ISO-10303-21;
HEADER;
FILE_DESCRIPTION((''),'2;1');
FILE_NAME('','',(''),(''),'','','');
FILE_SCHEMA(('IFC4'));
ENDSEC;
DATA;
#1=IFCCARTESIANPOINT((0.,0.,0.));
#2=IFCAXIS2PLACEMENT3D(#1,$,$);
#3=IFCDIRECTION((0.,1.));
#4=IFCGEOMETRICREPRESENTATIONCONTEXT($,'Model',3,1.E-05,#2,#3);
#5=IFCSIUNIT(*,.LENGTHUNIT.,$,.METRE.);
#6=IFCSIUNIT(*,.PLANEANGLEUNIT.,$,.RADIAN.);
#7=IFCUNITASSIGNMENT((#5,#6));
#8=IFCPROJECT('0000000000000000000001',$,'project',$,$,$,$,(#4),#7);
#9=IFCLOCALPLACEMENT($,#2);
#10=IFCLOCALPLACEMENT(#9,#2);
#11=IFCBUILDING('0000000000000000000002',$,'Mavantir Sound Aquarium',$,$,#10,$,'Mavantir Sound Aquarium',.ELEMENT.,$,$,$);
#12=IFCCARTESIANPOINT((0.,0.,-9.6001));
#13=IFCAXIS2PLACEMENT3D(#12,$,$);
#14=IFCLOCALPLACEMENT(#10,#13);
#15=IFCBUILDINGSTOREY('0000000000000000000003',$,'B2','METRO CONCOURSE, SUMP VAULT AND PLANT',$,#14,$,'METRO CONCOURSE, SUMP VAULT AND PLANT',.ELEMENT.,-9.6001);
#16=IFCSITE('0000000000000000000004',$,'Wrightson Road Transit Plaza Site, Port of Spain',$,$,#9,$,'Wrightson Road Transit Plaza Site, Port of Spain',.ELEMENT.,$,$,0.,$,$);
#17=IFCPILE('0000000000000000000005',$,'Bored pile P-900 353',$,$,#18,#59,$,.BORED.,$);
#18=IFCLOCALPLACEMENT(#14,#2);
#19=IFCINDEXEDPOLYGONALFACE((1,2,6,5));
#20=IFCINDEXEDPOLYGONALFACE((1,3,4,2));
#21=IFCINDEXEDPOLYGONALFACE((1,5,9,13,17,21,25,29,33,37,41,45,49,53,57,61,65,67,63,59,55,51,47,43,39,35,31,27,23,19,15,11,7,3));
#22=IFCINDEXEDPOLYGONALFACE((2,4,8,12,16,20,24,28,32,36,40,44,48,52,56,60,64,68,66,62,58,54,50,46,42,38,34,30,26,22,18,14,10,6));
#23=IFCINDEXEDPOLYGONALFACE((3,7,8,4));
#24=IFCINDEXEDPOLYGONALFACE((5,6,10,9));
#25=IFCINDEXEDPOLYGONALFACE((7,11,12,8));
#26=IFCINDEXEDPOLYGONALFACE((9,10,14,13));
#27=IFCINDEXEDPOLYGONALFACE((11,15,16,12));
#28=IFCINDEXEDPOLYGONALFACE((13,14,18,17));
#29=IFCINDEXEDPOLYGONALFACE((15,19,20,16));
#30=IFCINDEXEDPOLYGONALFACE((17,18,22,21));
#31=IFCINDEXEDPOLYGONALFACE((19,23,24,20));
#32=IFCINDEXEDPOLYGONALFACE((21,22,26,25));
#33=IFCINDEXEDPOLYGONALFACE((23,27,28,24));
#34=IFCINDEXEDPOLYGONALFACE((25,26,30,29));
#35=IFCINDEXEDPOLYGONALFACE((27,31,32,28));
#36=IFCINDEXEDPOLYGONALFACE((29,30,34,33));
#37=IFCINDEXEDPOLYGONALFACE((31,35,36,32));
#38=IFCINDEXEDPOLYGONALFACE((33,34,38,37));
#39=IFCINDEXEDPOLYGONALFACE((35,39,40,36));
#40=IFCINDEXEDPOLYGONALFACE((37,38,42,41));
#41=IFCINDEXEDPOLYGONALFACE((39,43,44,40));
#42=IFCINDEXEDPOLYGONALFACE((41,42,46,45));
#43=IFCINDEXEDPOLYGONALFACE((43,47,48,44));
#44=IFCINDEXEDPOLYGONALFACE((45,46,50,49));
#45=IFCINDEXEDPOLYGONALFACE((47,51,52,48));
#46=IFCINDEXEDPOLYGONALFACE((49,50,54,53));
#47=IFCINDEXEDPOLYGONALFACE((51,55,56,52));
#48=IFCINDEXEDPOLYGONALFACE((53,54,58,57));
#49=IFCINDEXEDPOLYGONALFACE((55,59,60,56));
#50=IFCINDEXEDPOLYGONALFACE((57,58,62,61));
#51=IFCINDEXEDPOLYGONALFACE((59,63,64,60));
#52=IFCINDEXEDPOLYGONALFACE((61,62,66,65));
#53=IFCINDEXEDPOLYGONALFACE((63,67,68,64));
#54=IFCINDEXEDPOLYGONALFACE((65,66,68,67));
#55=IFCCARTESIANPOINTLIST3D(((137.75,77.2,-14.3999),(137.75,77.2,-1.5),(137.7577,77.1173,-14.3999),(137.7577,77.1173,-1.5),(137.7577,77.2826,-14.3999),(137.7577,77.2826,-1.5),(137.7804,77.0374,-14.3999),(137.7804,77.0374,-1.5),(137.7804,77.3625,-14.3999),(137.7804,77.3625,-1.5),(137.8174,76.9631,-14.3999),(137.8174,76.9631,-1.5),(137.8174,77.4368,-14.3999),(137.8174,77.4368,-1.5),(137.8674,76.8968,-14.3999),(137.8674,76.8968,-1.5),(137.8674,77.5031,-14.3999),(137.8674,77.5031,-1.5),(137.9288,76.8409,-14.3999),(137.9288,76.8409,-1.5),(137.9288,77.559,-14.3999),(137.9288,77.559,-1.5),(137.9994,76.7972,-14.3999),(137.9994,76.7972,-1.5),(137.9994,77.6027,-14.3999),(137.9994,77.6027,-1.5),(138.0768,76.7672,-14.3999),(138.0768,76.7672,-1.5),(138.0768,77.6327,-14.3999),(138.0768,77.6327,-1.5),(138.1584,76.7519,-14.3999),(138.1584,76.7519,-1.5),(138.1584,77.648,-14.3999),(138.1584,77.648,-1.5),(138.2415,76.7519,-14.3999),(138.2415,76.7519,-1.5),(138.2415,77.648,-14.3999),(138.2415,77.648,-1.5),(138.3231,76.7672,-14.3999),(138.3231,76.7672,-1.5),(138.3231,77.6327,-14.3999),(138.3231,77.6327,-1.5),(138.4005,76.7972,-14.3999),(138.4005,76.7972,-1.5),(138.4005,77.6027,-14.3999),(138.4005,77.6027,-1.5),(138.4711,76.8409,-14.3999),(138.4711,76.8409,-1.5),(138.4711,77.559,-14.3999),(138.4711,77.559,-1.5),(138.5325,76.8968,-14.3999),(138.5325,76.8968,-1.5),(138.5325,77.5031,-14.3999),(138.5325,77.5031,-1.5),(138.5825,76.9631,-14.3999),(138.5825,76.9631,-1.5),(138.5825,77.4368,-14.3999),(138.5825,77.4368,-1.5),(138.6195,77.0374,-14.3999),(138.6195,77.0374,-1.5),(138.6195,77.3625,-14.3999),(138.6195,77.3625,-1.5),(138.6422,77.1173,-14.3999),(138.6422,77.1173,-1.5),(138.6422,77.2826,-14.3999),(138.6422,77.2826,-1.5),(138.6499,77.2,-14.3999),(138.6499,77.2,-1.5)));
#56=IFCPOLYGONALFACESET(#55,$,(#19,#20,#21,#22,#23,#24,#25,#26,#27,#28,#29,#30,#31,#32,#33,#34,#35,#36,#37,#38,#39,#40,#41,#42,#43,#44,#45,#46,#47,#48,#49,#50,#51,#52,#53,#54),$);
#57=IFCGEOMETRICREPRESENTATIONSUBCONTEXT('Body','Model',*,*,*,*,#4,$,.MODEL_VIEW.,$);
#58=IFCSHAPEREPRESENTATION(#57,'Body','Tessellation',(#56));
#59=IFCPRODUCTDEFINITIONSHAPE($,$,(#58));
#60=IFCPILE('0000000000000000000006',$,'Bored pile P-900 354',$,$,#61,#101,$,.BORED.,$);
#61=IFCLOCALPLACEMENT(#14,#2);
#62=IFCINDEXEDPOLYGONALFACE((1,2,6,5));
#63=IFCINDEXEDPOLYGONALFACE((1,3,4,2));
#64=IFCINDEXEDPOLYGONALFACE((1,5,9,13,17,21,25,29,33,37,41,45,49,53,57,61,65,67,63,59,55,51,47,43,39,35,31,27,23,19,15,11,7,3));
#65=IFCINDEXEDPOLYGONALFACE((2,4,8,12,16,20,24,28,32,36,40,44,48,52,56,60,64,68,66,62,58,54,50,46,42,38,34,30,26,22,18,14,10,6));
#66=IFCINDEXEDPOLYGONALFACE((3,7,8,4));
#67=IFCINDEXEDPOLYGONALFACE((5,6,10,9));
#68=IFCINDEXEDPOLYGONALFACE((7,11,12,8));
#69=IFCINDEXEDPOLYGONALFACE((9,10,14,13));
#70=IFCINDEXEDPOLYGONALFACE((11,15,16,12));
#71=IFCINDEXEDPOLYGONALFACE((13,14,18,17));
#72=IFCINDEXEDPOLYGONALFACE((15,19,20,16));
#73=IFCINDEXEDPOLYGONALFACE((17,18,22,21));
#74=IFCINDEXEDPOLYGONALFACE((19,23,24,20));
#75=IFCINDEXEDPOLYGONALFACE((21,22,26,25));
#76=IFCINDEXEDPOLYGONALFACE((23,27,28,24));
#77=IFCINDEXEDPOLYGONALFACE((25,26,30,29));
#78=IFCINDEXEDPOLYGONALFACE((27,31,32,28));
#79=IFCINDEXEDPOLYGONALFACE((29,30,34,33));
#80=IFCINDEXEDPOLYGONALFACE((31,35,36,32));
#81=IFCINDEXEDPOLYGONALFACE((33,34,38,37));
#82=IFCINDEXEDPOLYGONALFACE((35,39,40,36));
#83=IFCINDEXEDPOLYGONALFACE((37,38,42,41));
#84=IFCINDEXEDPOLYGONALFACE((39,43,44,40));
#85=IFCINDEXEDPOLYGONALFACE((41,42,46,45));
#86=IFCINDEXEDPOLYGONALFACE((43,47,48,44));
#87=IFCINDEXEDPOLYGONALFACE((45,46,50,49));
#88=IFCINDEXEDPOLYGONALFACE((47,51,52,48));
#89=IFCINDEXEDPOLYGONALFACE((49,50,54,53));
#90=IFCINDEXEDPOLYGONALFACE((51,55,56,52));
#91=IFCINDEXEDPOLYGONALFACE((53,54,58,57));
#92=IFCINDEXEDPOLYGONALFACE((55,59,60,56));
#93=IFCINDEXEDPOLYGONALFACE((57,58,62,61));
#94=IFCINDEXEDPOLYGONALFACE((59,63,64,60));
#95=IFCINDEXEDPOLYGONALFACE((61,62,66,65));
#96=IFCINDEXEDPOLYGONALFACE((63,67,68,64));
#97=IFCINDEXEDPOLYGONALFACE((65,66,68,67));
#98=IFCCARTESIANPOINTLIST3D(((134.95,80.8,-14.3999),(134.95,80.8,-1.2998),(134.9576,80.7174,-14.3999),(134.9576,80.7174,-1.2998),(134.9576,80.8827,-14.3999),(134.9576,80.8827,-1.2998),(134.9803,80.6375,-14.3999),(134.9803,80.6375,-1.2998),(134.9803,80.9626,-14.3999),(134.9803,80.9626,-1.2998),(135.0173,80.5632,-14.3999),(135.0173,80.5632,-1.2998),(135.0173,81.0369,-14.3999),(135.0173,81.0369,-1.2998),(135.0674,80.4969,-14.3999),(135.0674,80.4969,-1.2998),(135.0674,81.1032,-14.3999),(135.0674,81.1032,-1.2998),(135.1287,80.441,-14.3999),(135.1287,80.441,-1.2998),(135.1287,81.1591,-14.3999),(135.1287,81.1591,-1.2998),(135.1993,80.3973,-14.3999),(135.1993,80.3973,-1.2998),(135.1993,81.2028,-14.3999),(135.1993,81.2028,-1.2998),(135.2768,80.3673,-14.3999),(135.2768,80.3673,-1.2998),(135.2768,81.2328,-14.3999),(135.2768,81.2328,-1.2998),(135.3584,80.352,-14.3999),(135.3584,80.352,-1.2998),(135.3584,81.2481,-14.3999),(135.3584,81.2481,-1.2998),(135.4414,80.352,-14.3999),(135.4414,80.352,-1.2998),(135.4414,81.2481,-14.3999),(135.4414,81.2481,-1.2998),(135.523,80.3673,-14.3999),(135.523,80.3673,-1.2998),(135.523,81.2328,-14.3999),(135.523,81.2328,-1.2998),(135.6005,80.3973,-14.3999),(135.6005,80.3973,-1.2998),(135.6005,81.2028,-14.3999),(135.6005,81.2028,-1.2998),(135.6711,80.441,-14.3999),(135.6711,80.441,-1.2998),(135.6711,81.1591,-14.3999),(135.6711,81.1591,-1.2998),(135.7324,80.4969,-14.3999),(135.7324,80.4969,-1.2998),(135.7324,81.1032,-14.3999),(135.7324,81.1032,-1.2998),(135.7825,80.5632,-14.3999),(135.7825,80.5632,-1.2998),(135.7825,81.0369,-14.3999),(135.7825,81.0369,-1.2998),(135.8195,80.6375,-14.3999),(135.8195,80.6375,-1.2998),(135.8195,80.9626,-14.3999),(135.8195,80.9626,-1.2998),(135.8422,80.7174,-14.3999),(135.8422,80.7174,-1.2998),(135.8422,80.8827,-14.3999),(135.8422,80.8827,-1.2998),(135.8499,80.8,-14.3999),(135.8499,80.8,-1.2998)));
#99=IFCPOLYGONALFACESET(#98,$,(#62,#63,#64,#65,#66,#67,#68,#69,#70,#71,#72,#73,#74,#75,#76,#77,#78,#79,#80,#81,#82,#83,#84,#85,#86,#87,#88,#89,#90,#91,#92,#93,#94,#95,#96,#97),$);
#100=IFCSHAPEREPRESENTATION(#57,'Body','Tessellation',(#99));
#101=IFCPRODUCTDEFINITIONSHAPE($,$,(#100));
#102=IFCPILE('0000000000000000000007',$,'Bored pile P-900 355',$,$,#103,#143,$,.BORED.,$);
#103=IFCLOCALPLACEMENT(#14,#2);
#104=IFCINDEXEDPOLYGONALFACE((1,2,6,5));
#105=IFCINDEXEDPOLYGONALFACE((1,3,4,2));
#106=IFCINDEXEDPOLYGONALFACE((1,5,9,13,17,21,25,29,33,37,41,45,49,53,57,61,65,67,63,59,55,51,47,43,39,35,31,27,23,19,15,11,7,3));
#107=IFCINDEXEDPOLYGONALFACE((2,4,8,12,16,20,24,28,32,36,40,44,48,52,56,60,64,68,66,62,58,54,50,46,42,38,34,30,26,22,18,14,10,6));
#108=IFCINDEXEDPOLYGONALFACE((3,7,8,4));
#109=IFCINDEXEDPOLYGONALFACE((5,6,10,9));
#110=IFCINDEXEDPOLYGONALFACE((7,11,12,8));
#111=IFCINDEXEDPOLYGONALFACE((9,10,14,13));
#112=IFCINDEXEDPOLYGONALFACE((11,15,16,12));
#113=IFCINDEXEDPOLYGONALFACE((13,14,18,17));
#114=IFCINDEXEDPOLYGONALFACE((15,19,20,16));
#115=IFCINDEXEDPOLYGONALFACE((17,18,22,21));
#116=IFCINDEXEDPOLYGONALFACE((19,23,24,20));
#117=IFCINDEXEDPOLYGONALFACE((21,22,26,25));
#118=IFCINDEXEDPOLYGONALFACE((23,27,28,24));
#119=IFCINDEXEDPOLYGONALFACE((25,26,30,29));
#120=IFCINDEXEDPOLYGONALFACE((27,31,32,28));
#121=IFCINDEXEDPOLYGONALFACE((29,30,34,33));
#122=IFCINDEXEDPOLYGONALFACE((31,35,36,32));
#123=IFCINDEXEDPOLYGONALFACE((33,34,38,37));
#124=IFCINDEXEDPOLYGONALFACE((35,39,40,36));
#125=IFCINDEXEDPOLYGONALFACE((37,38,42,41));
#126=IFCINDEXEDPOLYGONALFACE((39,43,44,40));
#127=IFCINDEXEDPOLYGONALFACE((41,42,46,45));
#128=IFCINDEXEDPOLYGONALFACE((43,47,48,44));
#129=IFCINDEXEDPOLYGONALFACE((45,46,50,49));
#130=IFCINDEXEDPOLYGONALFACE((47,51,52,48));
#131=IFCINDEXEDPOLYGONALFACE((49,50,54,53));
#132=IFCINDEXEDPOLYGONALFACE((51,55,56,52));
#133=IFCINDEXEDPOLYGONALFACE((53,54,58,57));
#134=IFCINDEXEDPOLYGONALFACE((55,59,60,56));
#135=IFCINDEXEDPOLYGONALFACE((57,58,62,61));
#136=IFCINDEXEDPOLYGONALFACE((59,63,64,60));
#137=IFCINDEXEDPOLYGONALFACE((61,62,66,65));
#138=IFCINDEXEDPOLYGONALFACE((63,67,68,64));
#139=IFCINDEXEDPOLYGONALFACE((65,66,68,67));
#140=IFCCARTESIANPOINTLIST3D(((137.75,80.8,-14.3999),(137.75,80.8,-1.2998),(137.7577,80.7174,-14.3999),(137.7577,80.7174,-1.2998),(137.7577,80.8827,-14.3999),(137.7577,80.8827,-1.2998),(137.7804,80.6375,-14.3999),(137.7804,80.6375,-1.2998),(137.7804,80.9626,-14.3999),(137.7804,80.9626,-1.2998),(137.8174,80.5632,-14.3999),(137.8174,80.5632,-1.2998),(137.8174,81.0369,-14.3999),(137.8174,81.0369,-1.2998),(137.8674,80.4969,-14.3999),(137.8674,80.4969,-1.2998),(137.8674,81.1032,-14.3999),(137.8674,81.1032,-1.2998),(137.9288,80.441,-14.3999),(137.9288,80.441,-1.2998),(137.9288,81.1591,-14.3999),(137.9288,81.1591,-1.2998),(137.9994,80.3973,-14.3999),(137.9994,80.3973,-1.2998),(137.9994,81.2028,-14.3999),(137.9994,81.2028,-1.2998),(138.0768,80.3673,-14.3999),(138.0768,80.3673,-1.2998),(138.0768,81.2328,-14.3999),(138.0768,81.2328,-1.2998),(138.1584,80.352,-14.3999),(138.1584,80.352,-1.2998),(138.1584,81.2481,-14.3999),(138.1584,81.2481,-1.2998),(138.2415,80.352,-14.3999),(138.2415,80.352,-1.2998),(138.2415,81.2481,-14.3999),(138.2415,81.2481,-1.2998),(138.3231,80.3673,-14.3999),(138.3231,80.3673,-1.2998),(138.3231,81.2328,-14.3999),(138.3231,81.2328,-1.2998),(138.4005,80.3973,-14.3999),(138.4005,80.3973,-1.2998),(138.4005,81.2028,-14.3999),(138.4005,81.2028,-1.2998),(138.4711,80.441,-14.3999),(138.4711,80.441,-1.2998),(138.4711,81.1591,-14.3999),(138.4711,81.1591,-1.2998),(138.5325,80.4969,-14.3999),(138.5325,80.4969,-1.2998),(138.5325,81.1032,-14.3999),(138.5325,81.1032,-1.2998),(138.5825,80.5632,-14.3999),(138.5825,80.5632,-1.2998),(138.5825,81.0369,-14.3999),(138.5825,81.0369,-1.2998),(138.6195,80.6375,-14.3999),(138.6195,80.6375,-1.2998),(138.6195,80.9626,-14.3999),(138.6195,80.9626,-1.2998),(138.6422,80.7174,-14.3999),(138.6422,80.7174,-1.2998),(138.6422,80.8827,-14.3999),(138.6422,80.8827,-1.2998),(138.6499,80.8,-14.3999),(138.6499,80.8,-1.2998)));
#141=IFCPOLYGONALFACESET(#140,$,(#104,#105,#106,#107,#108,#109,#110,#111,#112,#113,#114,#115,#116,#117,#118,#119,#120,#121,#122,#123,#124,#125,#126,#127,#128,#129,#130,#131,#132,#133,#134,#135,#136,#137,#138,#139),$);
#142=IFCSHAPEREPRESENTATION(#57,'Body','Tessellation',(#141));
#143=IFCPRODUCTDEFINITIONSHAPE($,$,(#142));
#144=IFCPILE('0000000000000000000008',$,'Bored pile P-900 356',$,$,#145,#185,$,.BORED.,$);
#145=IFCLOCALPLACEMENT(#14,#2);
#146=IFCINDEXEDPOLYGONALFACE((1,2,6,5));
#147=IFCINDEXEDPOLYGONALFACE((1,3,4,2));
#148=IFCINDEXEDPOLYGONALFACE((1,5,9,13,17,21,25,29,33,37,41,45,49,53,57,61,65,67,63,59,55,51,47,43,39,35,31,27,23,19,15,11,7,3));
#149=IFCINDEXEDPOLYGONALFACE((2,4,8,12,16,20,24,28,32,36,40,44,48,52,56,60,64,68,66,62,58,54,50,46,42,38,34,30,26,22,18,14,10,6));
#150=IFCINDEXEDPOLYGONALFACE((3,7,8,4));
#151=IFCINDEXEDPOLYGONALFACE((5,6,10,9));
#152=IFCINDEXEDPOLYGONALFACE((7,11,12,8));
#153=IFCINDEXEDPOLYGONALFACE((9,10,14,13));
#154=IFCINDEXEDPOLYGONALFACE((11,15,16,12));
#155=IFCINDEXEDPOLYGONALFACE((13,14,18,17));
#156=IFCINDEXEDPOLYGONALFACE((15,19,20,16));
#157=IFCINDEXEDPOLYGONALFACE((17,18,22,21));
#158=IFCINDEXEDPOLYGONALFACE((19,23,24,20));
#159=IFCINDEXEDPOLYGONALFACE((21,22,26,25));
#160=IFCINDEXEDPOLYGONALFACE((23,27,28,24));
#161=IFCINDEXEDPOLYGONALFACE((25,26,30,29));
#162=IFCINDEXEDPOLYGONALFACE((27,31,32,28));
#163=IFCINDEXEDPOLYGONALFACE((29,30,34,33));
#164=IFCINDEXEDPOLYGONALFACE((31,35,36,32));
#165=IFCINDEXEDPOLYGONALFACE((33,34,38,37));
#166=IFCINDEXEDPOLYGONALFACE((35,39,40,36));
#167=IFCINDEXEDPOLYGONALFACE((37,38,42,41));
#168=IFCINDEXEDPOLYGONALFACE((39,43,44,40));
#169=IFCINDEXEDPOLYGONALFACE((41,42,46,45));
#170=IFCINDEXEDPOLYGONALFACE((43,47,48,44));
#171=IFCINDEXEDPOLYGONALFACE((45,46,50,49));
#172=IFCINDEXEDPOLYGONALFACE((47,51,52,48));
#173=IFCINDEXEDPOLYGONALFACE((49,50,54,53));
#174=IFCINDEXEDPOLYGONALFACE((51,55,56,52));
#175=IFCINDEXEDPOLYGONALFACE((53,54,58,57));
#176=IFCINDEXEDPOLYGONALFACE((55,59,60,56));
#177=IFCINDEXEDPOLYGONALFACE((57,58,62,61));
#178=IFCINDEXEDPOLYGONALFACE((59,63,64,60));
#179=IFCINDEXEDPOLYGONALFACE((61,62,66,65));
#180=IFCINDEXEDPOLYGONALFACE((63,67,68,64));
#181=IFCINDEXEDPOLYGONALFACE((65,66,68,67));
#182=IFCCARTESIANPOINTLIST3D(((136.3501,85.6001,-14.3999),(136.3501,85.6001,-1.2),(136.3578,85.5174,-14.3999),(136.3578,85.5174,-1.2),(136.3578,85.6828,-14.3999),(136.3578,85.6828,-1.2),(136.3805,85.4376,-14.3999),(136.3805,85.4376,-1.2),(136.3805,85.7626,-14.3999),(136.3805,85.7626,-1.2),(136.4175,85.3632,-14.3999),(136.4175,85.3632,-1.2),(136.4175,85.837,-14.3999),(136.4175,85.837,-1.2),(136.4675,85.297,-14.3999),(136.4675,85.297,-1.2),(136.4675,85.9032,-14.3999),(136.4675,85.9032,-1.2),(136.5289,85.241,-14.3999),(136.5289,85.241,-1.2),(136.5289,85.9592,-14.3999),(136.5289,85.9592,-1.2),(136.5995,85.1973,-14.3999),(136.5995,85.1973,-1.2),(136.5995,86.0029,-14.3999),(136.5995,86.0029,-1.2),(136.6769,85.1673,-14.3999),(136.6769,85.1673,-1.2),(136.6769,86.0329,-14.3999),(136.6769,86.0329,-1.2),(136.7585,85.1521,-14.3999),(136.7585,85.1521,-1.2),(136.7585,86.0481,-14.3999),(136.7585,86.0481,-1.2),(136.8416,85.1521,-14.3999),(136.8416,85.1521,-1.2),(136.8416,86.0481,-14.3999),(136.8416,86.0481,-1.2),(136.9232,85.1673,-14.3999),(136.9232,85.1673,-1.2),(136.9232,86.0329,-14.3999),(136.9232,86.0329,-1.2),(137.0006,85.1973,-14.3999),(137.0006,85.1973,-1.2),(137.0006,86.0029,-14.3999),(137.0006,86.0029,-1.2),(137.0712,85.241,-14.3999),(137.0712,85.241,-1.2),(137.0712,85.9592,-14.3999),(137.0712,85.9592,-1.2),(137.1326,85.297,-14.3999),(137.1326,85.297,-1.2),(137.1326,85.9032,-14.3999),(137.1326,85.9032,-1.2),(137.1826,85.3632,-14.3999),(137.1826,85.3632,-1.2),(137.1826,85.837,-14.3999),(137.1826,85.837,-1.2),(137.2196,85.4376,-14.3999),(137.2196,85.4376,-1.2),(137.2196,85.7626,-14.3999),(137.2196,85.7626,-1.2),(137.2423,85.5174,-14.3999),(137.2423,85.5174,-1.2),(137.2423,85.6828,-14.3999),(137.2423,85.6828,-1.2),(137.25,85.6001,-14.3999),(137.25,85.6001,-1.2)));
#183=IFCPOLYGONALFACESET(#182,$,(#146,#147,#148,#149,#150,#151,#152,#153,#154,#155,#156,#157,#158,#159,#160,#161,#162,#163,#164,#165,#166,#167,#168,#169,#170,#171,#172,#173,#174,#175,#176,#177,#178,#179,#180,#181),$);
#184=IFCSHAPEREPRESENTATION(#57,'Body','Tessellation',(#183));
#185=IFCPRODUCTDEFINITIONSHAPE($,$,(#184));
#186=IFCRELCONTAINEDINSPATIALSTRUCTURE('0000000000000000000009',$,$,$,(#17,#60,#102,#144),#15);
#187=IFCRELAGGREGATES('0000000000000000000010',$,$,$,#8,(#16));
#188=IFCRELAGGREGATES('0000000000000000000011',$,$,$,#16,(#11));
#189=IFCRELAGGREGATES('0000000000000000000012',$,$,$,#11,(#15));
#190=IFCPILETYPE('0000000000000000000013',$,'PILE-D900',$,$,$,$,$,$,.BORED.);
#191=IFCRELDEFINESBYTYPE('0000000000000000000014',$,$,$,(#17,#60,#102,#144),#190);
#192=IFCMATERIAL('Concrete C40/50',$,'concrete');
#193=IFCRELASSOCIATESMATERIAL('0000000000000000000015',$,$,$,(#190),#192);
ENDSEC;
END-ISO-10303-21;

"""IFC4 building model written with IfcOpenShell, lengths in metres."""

from ifc_helpers import new_model, si_unit, direction, frame, origin, origin_2d, place, context, subcontext, project, spatial, circle, extrude, material, material_profile, profile_set, type_object, element, save


model = new_model("IFC4")

# Units and contexts
model_context = context("Model", 3, precision=1e-05, world=origin(), true_north=direction((0.0, 1.0)))
body_context = subcontext(model_context, "Body", "Model", "MODEL_VIEW")
ifc_project = project(units=[si_unit("LENGTHUNIT", "METRE"), si_unit("PLANEANGLEUNIT", "RADIAN")], contexts=[model_context])

# Site, building, storey
site_placement = place(None, origin())
site = spatial("IfcSite", under=ifc_project, at=site_placement, Name="Wrightson Road Transit Plaza Site, Port of Spain", LongName="Wrightson Road Transit Plaza Site, Port of Spain", CompositionType="ELEMENT", RefElevation=0.0)
building_placement = place(site_placement, origin())
building = spatial("IfcBuilding", under=site, at=building_placement, Name="Mavantir Sound Aquarium", LongName="Mavantir Sound Aquarium", CompositionType="ELEMENT")
storey_placement = place(building_placement, frame((0.0, 0.0, -9.6001)))
storey = spatial("IfcBuildingStorey", under=building, at=storey_placement, Name="B2", Description="METRO CONCOURSE, SUMP VAULT AND PLANT", LongName="METRO CONCOURSE, SUMP VAULT AND PLANT", CompositionType="ELEMENT", Elevation=-9.6001)

# Shared definitions
ifc_material_1 = material(Name="Concrete C40/50", Category="concrete")

# Piles
ifc_material_profile_1 = material_profile(ifc_material_1, circle(Radius=0.45, at=origin_2d()), Name="PILE D900")
ifc_profile_set_1 = profile_set([ifc_material_profile_1], Name="Concrete C40/50")
pile_type = type_object("IfcPileType", Name="PILE-D900", PredefinedType="BORED", material=ifc_profile_set_1)
for number, where, z_axis, x_axis, name in (
    (1, (138.2, 77.2, -1.5), (0.0, 0.0, -1.0), (1.0, 0.0, 0.0), "Bored pile P-900 353"),
):
    element("IfcPile", number, at=place(storey_placement, frame(where, z_axis=z_axis, x_axis=x_axis)), inside=storey, type_object=pile_type, Name=name, PredefinedType="BORED", context=body_context, shape_type="SweptSolid", body=[
        extrude(circle(Radius=0.45, at=origin_2d()), origin(), (0.0, 0.0, 1.0), 12.8999),
    ])
for number, where, z_axis, x_axis, name in (
    (2, (135.3999, 80.8, -1.2998), (0.0, 0.0, -1.0), (1.0, 0.0, 0.0), "Bored pile P-900 354"),
    (3, (138.2, 80.8, -1.2998), (0.0, 0.0, -1.0), (1.0, 0.0, 0.0), "Bored pile P-900 355"),
):
    element("IfcPile", number, at=place(storey_placement, frame(where, z_axis=z_axis, x_axis=x_axis)), inside=storey, type_object=pile_type, Name=name, PredefinedType="BORED", context=body_context, shape_type="SweptSolid", body=[
        extrude(circle(Radius=0.45, at=origin_2d()), origin(), (0.0, 0.0, 1.0), 13.1001),
    ])
pile_1_placement = place(storey_placement, frame((136.8, 85.6001, -1.2), z_axis=(0.0, 0.0, -1.0), x_axis=(1.0, 0.0, 0.0)))
element("IfcPile", 4, at=pile_1_placement, inside=storey, type_object=pile_type, Name="Bored pile P-900 356", PredefinedType="BORED", context=body_context, shape_type="SweptSolid", body=[
    extrude(circle(Radius=0.45, at=origin_2d()), origin(), (0.0, 0.0, 1.0), 13.2),
])

save(model, "model.ifc")
